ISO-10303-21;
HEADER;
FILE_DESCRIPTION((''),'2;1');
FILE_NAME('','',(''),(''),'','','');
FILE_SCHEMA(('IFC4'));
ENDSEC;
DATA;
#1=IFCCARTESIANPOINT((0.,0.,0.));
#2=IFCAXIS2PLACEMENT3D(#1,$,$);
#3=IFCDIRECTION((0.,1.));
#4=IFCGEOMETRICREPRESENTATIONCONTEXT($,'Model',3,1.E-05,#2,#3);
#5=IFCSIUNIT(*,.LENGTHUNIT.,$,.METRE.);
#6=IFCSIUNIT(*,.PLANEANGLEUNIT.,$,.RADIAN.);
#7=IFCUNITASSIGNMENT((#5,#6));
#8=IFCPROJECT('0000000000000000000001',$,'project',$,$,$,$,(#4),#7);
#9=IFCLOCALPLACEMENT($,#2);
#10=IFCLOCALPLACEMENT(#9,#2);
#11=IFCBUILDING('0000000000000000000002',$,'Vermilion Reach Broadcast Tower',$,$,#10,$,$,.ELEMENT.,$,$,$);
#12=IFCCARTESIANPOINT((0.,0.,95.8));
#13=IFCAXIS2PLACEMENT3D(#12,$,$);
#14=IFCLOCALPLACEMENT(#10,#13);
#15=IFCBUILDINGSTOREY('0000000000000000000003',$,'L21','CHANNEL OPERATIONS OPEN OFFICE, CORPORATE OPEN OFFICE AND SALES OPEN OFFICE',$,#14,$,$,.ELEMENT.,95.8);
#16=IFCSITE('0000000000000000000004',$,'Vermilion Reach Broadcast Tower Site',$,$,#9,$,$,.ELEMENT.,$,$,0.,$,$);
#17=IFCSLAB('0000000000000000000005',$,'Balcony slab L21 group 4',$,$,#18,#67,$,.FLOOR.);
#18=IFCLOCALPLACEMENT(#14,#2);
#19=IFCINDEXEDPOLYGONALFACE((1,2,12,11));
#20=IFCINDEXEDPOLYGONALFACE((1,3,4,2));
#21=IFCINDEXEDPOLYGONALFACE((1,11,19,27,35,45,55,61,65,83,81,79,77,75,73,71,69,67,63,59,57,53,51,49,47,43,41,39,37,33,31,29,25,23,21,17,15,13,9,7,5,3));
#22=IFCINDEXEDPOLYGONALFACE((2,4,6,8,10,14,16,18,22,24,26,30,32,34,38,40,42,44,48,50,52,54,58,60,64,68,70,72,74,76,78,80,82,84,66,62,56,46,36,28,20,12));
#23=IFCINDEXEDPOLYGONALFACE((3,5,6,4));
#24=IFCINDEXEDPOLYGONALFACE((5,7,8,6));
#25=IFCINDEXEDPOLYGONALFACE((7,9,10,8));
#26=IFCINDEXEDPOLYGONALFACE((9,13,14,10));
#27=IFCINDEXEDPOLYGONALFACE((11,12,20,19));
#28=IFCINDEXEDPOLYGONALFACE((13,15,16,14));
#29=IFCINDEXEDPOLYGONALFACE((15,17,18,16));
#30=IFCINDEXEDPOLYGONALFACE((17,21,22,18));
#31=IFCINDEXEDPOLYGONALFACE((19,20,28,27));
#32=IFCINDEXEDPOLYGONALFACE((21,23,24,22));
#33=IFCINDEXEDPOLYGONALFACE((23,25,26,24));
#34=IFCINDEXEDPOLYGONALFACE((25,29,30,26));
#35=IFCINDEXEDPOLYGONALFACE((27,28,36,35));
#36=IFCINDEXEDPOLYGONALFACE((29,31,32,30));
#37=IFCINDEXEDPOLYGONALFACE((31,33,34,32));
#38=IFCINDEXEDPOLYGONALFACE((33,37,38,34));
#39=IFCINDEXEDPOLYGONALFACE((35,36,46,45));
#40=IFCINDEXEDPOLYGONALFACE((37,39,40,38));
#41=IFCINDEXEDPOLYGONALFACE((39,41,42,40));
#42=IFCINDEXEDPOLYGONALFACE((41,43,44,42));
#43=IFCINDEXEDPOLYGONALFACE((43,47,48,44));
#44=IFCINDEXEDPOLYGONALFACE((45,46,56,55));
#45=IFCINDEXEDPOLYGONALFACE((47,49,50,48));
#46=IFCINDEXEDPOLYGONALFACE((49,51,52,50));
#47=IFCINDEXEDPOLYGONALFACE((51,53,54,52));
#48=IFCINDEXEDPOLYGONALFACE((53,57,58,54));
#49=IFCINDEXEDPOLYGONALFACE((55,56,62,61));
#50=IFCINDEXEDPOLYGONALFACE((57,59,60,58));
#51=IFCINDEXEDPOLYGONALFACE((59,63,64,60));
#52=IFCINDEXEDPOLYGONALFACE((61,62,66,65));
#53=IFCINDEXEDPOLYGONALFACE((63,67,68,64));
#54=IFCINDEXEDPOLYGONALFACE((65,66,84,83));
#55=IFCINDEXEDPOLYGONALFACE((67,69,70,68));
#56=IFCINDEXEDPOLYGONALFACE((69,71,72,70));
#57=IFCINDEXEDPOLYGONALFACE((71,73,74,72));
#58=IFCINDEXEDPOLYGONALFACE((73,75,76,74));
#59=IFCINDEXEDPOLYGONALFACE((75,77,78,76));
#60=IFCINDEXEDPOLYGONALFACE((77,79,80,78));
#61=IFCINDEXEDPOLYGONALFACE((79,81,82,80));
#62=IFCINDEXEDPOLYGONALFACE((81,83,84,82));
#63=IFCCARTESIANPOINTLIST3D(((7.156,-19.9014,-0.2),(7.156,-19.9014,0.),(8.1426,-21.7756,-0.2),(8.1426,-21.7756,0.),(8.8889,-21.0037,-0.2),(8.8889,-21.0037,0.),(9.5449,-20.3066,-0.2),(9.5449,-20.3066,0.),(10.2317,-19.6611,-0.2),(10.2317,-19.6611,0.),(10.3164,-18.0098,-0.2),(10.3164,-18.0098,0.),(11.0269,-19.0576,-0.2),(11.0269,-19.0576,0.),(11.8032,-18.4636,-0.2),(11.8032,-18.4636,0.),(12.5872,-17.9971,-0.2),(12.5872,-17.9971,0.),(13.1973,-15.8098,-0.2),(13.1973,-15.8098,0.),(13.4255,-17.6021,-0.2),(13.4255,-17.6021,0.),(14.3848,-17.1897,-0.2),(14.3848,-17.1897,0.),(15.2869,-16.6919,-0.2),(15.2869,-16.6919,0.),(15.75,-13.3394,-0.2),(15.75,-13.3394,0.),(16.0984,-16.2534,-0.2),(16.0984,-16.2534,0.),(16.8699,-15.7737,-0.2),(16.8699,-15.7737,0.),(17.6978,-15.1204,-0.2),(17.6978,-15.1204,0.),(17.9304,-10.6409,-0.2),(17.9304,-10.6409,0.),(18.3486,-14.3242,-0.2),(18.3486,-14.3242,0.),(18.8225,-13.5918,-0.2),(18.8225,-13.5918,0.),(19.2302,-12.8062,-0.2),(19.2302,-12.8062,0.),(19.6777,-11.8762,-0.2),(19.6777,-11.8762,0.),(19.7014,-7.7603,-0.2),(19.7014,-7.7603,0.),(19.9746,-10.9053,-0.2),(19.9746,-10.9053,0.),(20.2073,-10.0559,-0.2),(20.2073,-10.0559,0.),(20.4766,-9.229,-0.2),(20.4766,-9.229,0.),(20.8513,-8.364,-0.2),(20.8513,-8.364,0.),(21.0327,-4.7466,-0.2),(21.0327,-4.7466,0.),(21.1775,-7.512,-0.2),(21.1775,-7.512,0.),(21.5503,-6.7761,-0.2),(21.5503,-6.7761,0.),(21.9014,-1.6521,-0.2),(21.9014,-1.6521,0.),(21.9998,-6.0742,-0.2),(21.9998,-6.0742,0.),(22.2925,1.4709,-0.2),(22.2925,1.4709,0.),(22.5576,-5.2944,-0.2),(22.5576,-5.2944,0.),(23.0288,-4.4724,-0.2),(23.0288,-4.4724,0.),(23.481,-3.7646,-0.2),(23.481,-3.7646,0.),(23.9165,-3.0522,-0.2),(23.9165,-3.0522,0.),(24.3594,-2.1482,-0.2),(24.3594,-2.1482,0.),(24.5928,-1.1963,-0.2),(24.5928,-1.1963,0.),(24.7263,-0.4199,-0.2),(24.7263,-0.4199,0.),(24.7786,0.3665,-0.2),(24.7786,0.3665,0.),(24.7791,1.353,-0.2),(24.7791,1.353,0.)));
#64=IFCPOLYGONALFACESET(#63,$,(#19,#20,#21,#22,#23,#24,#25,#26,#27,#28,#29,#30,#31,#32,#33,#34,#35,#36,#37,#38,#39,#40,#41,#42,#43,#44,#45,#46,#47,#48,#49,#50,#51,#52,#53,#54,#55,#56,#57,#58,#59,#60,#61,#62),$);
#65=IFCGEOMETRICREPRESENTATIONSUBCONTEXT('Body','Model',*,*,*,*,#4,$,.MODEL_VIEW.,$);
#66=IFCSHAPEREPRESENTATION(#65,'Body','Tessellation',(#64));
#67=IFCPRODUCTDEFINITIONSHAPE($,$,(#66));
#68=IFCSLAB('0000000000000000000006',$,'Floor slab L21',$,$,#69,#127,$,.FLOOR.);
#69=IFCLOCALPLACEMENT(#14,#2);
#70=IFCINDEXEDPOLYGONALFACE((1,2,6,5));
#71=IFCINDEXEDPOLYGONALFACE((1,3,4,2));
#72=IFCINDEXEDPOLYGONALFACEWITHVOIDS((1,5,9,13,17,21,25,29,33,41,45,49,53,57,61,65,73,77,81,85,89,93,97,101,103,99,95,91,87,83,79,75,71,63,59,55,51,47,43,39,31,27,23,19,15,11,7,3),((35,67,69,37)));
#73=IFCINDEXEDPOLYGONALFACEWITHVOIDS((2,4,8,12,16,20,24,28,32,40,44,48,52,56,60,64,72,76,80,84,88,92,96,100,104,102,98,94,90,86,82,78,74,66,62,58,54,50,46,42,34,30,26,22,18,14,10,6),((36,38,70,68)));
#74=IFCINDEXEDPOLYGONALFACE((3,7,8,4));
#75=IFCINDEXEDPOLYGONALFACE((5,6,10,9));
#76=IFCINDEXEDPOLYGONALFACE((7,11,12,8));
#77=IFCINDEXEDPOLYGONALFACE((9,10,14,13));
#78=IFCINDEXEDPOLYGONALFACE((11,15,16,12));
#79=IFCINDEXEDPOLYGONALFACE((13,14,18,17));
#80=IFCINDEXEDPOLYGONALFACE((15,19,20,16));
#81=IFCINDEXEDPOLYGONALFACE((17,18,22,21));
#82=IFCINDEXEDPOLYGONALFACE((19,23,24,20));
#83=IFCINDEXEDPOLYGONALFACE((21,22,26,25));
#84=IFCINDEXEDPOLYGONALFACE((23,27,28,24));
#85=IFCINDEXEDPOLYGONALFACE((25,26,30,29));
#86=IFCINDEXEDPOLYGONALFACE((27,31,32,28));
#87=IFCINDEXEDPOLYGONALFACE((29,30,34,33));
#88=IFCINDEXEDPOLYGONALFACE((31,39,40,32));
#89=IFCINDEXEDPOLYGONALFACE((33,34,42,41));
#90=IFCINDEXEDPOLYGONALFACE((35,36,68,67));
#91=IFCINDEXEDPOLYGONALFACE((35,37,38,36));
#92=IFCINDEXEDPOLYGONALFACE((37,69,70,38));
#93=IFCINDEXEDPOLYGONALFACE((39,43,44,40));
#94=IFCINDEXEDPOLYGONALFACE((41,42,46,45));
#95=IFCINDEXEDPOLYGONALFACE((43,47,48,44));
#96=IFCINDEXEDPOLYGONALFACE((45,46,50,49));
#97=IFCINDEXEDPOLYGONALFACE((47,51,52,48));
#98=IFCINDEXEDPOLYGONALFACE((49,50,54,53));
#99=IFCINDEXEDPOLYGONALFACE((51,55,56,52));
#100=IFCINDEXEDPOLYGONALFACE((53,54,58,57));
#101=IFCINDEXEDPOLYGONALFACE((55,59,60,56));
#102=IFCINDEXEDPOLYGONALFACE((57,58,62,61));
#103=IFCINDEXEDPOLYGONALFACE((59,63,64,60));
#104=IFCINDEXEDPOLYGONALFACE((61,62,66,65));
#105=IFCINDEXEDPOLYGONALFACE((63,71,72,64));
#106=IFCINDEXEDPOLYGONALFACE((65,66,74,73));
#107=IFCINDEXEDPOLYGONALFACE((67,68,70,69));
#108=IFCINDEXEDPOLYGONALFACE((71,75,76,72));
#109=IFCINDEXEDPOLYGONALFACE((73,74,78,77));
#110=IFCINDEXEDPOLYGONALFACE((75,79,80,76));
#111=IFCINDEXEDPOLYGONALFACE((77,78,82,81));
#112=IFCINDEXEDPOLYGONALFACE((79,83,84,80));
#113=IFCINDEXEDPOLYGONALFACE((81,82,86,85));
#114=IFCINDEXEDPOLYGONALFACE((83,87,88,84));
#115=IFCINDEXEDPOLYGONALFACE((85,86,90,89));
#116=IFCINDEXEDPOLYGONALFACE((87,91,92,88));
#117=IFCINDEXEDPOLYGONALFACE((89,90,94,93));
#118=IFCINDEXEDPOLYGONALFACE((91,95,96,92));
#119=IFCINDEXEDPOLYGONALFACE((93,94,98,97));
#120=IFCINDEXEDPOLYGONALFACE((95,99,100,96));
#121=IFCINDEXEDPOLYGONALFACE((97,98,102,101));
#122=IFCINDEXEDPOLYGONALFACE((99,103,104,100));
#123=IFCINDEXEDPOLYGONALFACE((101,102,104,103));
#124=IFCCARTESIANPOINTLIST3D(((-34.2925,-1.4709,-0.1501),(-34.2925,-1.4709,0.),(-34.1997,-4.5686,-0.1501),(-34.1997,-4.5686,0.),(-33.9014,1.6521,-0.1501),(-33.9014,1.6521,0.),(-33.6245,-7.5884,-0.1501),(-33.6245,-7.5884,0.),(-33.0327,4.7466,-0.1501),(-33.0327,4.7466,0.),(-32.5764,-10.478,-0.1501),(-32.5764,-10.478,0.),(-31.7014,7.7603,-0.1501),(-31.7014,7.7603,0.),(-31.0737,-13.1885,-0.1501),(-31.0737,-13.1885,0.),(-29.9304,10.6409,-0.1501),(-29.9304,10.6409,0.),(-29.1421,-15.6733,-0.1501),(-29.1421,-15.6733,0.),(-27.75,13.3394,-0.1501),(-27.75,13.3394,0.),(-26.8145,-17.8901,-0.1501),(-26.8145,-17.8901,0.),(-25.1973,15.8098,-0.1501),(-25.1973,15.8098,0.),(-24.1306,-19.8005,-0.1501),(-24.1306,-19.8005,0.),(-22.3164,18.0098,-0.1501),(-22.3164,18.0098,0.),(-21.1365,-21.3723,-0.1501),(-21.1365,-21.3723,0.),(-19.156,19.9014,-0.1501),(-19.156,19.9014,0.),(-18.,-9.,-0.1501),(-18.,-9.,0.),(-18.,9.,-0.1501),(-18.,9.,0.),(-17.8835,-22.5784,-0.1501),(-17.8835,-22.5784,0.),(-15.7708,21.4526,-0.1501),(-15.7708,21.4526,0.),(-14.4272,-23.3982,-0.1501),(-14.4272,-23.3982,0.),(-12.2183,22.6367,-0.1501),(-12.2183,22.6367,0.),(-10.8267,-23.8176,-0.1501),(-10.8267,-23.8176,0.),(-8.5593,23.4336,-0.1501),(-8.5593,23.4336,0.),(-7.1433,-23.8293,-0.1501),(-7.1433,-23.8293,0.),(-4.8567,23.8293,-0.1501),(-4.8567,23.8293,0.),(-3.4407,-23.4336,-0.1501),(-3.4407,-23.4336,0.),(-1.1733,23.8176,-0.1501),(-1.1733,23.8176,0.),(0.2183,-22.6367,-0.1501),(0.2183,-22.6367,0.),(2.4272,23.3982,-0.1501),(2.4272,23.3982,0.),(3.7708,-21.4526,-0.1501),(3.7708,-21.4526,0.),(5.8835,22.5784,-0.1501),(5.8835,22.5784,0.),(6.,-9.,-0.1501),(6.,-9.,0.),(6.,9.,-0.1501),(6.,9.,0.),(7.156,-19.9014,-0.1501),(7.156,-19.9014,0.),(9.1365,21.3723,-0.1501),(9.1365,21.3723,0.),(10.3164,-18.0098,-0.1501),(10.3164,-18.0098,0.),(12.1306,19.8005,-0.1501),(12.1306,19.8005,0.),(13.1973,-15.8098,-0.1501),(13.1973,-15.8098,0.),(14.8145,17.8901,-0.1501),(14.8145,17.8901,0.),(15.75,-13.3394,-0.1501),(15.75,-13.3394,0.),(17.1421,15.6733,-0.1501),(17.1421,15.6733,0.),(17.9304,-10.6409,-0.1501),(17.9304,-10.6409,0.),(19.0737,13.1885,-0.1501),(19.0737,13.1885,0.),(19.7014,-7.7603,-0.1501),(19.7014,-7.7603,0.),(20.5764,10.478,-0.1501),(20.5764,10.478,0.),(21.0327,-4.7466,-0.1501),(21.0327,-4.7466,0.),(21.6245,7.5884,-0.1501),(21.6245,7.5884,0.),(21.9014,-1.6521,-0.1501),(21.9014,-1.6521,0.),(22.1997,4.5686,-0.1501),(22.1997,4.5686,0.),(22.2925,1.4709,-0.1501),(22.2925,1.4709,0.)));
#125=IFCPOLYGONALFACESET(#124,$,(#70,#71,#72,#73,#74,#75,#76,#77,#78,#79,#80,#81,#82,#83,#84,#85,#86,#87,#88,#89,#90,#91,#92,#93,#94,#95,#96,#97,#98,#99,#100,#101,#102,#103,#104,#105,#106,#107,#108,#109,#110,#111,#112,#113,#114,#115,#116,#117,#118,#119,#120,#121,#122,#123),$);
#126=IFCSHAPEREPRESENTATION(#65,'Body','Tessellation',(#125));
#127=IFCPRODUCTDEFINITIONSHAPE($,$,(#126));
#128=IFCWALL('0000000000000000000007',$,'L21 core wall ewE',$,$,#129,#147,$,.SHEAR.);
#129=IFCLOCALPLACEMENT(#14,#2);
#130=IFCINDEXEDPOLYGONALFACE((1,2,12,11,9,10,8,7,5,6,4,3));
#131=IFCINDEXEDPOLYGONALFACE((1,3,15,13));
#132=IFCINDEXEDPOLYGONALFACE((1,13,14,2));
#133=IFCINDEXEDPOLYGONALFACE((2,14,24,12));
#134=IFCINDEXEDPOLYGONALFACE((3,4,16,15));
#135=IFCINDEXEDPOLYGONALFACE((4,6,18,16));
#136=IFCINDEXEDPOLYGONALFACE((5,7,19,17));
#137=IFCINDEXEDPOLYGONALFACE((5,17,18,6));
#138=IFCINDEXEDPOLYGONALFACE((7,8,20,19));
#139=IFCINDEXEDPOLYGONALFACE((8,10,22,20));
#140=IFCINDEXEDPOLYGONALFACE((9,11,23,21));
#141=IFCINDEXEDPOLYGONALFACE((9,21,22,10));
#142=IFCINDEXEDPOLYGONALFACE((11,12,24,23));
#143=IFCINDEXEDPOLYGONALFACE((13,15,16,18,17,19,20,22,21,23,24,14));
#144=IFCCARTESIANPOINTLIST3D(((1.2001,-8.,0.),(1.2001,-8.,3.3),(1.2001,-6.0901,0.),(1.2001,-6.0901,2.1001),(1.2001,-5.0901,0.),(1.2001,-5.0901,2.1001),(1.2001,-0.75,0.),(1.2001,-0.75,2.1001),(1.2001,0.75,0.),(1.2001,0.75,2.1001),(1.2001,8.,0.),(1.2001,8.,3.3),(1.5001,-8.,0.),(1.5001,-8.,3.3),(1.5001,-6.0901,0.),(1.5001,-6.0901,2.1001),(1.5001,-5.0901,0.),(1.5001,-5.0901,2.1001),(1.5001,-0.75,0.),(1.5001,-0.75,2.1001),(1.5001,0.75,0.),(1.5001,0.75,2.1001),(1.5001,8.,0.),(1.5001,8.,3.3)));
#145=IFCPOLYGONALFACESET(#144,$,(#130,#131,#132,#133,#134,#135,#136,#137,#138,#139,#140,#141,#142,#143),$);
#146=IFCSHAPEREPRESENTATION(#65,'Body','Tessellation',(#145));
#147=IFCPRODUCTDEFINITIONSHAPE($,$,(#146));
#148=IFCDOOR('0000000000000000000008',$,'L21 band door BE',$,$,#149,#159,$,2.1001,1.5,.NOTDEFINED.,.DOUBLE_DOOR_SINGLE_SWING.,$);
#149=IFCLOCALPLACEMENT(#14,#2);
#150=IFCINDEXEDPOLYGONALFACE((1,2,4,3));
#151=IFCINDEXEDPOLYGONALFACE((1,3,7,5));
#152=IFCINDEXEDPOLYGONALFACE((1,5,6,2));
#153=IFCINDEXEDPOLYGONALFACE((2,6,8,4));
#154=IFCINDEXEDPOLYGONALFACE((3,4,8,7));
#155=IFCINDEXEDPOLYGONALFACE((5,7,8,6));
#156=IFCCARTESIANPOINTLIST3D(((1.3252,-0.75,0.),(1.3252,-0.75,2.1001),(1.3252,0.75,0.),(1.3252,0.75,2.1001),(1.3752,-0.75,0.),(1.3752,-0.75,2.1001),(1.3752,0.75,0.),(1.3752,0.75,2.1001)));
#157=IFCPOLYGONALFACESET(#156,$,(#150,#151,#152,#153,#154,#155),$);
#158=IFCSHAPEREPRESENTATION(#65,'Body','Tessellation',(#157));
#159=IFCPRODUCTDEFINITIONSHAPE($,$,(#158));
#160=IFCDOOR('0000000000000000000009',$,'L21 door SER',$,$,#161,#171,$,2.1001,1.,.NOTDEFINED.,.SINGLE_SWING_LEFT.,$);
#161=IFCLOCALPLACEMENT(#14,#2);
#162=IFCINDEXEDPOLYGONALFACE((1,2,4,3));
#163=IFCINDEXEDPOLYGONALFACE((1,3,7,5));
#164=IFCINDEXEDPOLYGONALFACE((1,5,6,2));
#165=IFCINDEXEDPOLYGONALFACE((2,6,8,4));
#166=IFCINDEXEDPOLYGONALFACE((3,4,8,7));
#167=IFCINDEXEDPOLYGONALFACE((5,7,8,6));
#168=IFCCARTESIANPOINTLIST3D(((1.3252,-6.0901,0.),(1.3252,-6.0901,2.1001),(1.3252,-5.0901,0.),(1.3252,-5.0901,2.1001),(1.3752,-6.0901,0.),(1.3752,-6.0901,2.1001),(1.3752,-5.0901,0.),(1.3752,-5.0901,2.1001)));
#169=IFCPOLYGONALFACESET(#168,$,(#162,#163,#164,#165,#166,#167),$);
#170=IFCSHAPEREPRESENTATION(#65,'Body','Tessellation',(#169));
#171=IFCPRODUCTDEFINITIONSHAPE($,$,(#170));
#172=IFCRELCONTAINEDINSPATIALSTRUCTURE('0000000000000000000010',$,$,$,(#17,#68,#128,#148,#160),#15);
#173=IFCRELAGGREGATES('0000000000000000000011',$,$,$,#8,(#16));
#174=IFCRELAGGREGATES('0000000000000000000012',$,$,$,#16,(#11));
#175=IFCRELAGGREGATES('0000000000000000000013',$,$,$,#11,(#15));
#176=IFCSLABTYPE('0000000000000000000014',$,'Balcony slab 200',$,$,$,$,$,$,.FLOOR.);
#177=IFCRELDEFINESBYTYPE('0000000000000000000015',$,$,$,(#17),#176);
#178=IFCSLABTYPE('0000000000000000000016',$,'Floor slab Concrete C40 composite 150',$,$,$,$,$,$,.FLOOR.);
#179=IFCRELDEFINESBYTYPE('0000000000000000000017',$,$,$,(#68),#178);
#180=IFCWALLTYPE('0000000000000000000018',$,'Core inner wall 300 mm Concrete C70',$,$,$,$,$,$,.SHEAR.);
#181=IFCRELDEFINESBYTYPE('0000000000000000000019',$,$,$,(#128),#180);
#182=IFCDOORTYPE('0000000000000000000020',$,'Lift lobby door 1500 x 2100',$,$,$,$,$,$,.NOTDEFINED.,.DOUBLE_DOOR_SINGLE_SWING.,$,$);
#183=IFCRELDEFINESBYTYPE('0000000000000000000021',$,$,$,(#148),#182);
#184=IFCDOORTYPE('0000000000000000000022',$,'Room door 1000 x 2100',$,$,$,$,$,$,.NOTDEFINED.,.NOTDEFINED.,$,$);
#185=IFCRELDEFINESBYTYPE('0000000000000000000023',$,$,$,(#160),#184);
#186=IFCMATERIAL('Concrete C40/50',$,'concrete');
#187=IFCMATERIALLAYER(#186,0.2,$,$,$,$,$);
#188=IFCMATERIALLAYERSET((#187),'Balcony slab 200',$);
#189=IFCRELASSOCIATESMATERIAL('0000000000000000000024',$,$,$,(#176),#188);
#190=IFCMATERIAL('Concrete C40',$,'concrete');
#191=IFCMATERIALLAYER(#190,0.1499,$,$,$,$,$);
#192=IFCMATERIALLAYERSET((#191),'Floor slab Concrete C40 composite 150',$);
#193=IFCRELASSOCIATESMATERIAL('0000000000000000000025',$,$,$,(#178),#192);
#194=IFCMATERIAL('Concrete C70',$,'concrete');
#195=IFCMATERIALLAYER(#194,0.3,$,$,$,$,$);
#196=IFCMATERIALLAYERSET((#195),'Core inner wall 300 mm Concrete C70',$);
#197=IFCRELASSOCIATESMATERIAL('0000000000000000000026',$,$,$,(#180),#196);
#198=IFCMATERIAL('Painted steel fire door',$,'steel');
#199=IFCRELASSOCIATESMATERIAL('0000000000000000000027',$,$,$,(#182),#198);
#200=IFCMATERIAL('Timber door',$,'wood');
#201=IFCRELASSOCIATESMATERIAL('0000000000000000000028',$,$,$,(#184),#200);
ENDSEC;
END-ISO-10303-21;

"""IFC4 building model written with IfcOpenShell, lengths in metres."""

from ifc_helpers import new_model, si_unit, direction, frame, frame_2d, origin, place, context, subcontext, project, spatial, polyline, rectangle, outline, extrude, material, layer, layer_set, type_object, element, fill, save


model = new_model("IFC4")

# Units and contexts
model_context = context("Model", 3, precision=1e-05, world=origin(), true_north=direction((0.0, 1.0)))
body_context = subcontext(model_context, "Body", "Model", "MODEL_VIEW")
ifc_project = project(units=[si_unit("LENGTHUNIT", "METRE"), si_unit("PLANEANGLEUNIT", "RADIAN")], contexts=[model_context])

# Site, building, storey
site_placement = place(None, origin())
site = spatial("IfcSite", under=ifc_project, at=site_placement, Name="Vermilion Reach Broadcast Tower Site", CompositionType="ELEMENT", RefElevation=0.0)
building_placement = place(site_placement, origin())
building = spatial("IfcBuilding", under=site, at=building_placement, Name="Vermilion Reach Broadcast Tower", CompositionType="ELEMENT")
storey_placement = place(building_placement, frame((0.0, 0.0, 95.8)))
storey = spatial("IfcBuildingStorey", under=building, at=storey_placement, Name="L21", Description="CHANNEL OPERATIONS OPEN OFFICE, CORPORATE OPEN OFFICE AND SALES OPEN OFFICE", CompositionType="ELEMENT", Elevation=95.8)

# Slabs
ifc_material_1 = material(Name="Concrete C40/50", Category="concrete")
ifc_layer_1 = layer(ifc_material_1, 0.2)
ifc_layer_set_1 = layer_set([ifc_layer_1], Name="Balcony slab 200")
slab_type_1 = type_object("IfcSlabType", Name="Balcony slab 200", PredefinedType="FLOOR", material=ifc_layer_set_1)
placement_1 = place(storey_placement, frame((0.0, 0.0, -0.2)))
element("IfcSlab", 1, at=placement_1, inside=storey, type_object=slab_type_1, Name="Balcony slab L21 group 4", PredefinedType="FLOOR", context=body_context, shape_type="SweptSolid", body=[
    extrude(outline(polyline([(7.156, -19.9014), (10.3164, -18.0098), (13.1973, -15.8098), (15.75, -13.3394), (17.9304, -10.6409), (19.7014, -7.7603), (21.0327, -4.7466), (21.9014, -1.6521), (22.2925, 1.4709), (24.7791, 1.353), (24.7786, 0.3665), (24.7263, -0.4199), (24.5928, -1.1963), (24.3594, -2.1482), (23.9165, -3.0522), (23.481, -3.7646), (23.0288, -4.4724), (22.5576, -5.2944), (21.9998, -6.0742), (21.5503, -6.7761), (21.1775, -7.512), (20.8513, -8.364), (20.4766, -9.229), (20.2073, -10.0559), (19.9746, -10.9053), (19.6777, -11.8762), (19.2302, -12.8062), (18.8225, -13.5918), (18.3486, -14.3242), (17.6978, -15.1204), (16.8699, -15.7737), (16.0984, -16.2534), (15.2869, -16.6919), (14.3848, -17.1897), (13.4255, -17.6021), (12.5872, -17.9971), (11.8032, -18.4636), (11.0269, -19.0576), (10.2317, -19.6611), (9.5449, -20.3066), (8.8889, -21.0037), (8.1426, -21.7756), (7.156, -19.9014)])), origin(), (0.0, 0.0, 1.0), 0.2),
])
ifc_material_2 = material(Name="Concrete C40", Category="concrete")
ifc_layer_2 = layer(ifc_material_2, 0.1499)
ifc_layer_set_2 = layer_set([ifc_layer_2], Name="Floor slab Concrete C40 composite 150")
slab_type_2 = type_object("IfcSlabType", Name="Floor slab Concrete C40 composite 150", PredefinedType="FLOOR", material=ifc_layer_set_2)
slab_1_placement = place(storey_placement, frame((0.0, 0.0, -0.1501)))
element("IfcSlab", 2, at=slab_1_placement, inside=storey, type_object=slab_type_2, Name="Floor slab L21", PredefinedType="FLOOR", context=body_context, shape_type="SweptSolid", body=[
    extrude(outline(polyline([(21.6245, 7.5884), (20.5764, 10.478), (19.0737, 13.1885), (17.1421, 15.6733), (14.8145, 17.8901), (12.1306, 19.8005), (9.1365, 21.3723), (5.8835, 22.5784), (2.4272, 23.3982), (-1.1733, 23.8176), (-4.8567, 23.8293), (-8.5593, 23.4336), (-12.2183, 22.6367), (-15.7708, 21.4526), (-19.156, 19.9014), (-22.3164, 18.0098), (-25.1973, 15.8098), (-27.75, 13.3394), (-29.9304, 10.6409), (-31.7014, 7.7603), (-33.0327, 4.7466), (-33.9014, 1.6521), (-34.2925, -1.4709), (-34.1997, -4.5686), (-33.6245, -7.5884), (-32.5764, -10.478), (-31.0737, -13.1885), (-29.1421, -15.6733), (-26.8145, -17.8901), (-24.1306, -19.8005), (-21.1365, -21.3723), (-17.8835, -22.5784), (-14.4272, -23.3982), (-10.8267, -23.8176), (-7.1433, -23.8293), (-3.4407, -23.4336), (0.2183, -22.6367), (3.7708, -21.4526), (7.156, -19.9014), (10.3164, -18.0098), (13.1973, -15.8098), (15.75, -13.3394), (17.9304, -10.6409), (19.7014, -7.7603), (21.0327, -4.7466), (21.9014, -1.6521), (22.2925, 1.4709), (22.1997, 4.5686), (21.6245, 7.5884)]), holes=[polyline([(-18.0, -9.0), (6.0, -9.0), (6.0, 9.0), (-18.0, 9.0), (-18.0, -9.0)])]), origin(), (0.0, 0.0, 1.0), 0.1501),
])

# Wall, openings, doors
ifc_material_3 = material(Name="Concrete C70", Category="concrete")
ifc_layer_3 = layer(ifc_material_3, 0.3)
ifc_layer_set_3 = layer_set([ifc_layer_3], Name="Core inner wall 300 mm Concrete C70")
wall_type_1 = type_object("IfcWallType", Name="Core inner wall 300 mm Concrete C70", PredefinedType="SHEAR", material=ifc_layer_set_3)
wall_1_placement = place(storey_placement, frame((1.3501, -8.0, 0.0), z_axis=(0.0, 0.0, 1.0), x_axis=(0.0, 1.0, 0.0)))
wall_1 = element("IfcWall", 3, at=wall_1_placement, inside=storey, type_object=wall_type_1, Name="L21 core wall ewE", PredefinedType="SHEAR", context=body_context, shape_type="SweptSolid", body=[
    extrude(rectangle(XDim=16.0, YDim=0.3, at=frame_2d((8.0, 0.0))), origin(), (0.0, 0.0, 1.0), 3.3),
])
opening_1_placement = place(wall_1_placement, frame((1.9099, 0.0, 0.0)))
opening_1 = element("IfcOpeningElement", 4, at=opening_1_placement, cuts=wall_1, PredefinedType="OPENING", context=body_context, shape_type="SweptSolid", body=[
    extrude(rectangle(XDim=1.0, YDim=2.1001, at=frame_2d((0.5, 1.05))), frame((0.0, 0.1599, 0.0), z_axis=(0.0, -1.0, 0.0), x_axis=(1.0, 0.0, 0.0)), (0.0, 0.0, 1.0), 0.3201),
])
opening_2_placement = place(wall_1_placement, frame((7.25, 0.0, 0.0)))
opening_2 = element("IfcOpeningElement", 5, at=opening_2_placement, cuts=wall_1, PredefinedType="OPENING", context=body_context, shape_type="SweptSolid", body=[
    extrude(rectangle(XDim=1.5, YDim=2.1001, at=frame_2d((0.75, 1.05))), frame((0.0, 0.1599, 0.0), z_axis=(0.0, -1.0, 0.0), x_axis=(1.0, 0.0, 0.0)), (0.0, 0.0, 1.0), 0.3201),
])
ifc_material_4 = material(Name="Painted steel fire door", Category="steel")
door_type_1 = type_object("IfcDoorType", Name="Lift lobby door 1500 x 2100", OperationType="DOUBLE_DOOR_SINGLE_SWING", PredefinedType="NOTDEFINED", material=ifc_material_4)
door_1_placement = place(opening_2_placement, origin())
door_1 = element("IfcDoor", 6, at=door_1_placement, inside=storey, type_object=door_type_1, Name="L21 band door BE", OperationType="DOUBLE_DOOR_SINGLE_SWING", OverallHeight=2.1001, OverallWidth=1.5, PredefinedType="NOTDEFINED", context=body_context, shape_type="SweptSolid", body=[
    extrude(rectangle(XDim=1.5, YDim=2.1001, at=frame_2d((0.75, 1.05))), frame((0.0, 0.0249, 0.0), z_axis=(0.0, -1.0, 0.0), x_axis=(1.0, 0.0, 0.0)), (0.0, 0.0, 1.0), 0.05),
])
fill(opening_2, door_1)
ifc_material_5 = material(Name="Timber door", Category="wood")
door_type_2 = type_object("IfcDoorType", Name="Room door 1000 x 2100", OperationType="NOTDEFINED", PredefinedType="NOTDEFINED", material=ifc_material_5)
door_2_placement = place(opening_1_placement, origin())
door_2 = element("IfcDoor", 7, at=door_2_placement, inside=storey, type_object=door_type_2, Name="L21 door SER", OperationType="SINGLE_SWING_LEFT", OverallHeight=2.1001, OverallWidth=1.0, PredefinedType="NOTDEFINED", context=body_context, shape_type="SweptSolid", body=[
    extrude(rectangle(XDim=1.0, YDim=2.1001, at=frame_2d((0.5, 1.05))), frame((0.0, 0.0249, 0.0), z_axis=(0.0, -1.0, 0.0), x_axis=(1.0, 0.0, 0.0)), (0.0, 0.0, 1.0), 0.05),
])
fill(opening_1, door_2)

save(model, "model.ifc")
